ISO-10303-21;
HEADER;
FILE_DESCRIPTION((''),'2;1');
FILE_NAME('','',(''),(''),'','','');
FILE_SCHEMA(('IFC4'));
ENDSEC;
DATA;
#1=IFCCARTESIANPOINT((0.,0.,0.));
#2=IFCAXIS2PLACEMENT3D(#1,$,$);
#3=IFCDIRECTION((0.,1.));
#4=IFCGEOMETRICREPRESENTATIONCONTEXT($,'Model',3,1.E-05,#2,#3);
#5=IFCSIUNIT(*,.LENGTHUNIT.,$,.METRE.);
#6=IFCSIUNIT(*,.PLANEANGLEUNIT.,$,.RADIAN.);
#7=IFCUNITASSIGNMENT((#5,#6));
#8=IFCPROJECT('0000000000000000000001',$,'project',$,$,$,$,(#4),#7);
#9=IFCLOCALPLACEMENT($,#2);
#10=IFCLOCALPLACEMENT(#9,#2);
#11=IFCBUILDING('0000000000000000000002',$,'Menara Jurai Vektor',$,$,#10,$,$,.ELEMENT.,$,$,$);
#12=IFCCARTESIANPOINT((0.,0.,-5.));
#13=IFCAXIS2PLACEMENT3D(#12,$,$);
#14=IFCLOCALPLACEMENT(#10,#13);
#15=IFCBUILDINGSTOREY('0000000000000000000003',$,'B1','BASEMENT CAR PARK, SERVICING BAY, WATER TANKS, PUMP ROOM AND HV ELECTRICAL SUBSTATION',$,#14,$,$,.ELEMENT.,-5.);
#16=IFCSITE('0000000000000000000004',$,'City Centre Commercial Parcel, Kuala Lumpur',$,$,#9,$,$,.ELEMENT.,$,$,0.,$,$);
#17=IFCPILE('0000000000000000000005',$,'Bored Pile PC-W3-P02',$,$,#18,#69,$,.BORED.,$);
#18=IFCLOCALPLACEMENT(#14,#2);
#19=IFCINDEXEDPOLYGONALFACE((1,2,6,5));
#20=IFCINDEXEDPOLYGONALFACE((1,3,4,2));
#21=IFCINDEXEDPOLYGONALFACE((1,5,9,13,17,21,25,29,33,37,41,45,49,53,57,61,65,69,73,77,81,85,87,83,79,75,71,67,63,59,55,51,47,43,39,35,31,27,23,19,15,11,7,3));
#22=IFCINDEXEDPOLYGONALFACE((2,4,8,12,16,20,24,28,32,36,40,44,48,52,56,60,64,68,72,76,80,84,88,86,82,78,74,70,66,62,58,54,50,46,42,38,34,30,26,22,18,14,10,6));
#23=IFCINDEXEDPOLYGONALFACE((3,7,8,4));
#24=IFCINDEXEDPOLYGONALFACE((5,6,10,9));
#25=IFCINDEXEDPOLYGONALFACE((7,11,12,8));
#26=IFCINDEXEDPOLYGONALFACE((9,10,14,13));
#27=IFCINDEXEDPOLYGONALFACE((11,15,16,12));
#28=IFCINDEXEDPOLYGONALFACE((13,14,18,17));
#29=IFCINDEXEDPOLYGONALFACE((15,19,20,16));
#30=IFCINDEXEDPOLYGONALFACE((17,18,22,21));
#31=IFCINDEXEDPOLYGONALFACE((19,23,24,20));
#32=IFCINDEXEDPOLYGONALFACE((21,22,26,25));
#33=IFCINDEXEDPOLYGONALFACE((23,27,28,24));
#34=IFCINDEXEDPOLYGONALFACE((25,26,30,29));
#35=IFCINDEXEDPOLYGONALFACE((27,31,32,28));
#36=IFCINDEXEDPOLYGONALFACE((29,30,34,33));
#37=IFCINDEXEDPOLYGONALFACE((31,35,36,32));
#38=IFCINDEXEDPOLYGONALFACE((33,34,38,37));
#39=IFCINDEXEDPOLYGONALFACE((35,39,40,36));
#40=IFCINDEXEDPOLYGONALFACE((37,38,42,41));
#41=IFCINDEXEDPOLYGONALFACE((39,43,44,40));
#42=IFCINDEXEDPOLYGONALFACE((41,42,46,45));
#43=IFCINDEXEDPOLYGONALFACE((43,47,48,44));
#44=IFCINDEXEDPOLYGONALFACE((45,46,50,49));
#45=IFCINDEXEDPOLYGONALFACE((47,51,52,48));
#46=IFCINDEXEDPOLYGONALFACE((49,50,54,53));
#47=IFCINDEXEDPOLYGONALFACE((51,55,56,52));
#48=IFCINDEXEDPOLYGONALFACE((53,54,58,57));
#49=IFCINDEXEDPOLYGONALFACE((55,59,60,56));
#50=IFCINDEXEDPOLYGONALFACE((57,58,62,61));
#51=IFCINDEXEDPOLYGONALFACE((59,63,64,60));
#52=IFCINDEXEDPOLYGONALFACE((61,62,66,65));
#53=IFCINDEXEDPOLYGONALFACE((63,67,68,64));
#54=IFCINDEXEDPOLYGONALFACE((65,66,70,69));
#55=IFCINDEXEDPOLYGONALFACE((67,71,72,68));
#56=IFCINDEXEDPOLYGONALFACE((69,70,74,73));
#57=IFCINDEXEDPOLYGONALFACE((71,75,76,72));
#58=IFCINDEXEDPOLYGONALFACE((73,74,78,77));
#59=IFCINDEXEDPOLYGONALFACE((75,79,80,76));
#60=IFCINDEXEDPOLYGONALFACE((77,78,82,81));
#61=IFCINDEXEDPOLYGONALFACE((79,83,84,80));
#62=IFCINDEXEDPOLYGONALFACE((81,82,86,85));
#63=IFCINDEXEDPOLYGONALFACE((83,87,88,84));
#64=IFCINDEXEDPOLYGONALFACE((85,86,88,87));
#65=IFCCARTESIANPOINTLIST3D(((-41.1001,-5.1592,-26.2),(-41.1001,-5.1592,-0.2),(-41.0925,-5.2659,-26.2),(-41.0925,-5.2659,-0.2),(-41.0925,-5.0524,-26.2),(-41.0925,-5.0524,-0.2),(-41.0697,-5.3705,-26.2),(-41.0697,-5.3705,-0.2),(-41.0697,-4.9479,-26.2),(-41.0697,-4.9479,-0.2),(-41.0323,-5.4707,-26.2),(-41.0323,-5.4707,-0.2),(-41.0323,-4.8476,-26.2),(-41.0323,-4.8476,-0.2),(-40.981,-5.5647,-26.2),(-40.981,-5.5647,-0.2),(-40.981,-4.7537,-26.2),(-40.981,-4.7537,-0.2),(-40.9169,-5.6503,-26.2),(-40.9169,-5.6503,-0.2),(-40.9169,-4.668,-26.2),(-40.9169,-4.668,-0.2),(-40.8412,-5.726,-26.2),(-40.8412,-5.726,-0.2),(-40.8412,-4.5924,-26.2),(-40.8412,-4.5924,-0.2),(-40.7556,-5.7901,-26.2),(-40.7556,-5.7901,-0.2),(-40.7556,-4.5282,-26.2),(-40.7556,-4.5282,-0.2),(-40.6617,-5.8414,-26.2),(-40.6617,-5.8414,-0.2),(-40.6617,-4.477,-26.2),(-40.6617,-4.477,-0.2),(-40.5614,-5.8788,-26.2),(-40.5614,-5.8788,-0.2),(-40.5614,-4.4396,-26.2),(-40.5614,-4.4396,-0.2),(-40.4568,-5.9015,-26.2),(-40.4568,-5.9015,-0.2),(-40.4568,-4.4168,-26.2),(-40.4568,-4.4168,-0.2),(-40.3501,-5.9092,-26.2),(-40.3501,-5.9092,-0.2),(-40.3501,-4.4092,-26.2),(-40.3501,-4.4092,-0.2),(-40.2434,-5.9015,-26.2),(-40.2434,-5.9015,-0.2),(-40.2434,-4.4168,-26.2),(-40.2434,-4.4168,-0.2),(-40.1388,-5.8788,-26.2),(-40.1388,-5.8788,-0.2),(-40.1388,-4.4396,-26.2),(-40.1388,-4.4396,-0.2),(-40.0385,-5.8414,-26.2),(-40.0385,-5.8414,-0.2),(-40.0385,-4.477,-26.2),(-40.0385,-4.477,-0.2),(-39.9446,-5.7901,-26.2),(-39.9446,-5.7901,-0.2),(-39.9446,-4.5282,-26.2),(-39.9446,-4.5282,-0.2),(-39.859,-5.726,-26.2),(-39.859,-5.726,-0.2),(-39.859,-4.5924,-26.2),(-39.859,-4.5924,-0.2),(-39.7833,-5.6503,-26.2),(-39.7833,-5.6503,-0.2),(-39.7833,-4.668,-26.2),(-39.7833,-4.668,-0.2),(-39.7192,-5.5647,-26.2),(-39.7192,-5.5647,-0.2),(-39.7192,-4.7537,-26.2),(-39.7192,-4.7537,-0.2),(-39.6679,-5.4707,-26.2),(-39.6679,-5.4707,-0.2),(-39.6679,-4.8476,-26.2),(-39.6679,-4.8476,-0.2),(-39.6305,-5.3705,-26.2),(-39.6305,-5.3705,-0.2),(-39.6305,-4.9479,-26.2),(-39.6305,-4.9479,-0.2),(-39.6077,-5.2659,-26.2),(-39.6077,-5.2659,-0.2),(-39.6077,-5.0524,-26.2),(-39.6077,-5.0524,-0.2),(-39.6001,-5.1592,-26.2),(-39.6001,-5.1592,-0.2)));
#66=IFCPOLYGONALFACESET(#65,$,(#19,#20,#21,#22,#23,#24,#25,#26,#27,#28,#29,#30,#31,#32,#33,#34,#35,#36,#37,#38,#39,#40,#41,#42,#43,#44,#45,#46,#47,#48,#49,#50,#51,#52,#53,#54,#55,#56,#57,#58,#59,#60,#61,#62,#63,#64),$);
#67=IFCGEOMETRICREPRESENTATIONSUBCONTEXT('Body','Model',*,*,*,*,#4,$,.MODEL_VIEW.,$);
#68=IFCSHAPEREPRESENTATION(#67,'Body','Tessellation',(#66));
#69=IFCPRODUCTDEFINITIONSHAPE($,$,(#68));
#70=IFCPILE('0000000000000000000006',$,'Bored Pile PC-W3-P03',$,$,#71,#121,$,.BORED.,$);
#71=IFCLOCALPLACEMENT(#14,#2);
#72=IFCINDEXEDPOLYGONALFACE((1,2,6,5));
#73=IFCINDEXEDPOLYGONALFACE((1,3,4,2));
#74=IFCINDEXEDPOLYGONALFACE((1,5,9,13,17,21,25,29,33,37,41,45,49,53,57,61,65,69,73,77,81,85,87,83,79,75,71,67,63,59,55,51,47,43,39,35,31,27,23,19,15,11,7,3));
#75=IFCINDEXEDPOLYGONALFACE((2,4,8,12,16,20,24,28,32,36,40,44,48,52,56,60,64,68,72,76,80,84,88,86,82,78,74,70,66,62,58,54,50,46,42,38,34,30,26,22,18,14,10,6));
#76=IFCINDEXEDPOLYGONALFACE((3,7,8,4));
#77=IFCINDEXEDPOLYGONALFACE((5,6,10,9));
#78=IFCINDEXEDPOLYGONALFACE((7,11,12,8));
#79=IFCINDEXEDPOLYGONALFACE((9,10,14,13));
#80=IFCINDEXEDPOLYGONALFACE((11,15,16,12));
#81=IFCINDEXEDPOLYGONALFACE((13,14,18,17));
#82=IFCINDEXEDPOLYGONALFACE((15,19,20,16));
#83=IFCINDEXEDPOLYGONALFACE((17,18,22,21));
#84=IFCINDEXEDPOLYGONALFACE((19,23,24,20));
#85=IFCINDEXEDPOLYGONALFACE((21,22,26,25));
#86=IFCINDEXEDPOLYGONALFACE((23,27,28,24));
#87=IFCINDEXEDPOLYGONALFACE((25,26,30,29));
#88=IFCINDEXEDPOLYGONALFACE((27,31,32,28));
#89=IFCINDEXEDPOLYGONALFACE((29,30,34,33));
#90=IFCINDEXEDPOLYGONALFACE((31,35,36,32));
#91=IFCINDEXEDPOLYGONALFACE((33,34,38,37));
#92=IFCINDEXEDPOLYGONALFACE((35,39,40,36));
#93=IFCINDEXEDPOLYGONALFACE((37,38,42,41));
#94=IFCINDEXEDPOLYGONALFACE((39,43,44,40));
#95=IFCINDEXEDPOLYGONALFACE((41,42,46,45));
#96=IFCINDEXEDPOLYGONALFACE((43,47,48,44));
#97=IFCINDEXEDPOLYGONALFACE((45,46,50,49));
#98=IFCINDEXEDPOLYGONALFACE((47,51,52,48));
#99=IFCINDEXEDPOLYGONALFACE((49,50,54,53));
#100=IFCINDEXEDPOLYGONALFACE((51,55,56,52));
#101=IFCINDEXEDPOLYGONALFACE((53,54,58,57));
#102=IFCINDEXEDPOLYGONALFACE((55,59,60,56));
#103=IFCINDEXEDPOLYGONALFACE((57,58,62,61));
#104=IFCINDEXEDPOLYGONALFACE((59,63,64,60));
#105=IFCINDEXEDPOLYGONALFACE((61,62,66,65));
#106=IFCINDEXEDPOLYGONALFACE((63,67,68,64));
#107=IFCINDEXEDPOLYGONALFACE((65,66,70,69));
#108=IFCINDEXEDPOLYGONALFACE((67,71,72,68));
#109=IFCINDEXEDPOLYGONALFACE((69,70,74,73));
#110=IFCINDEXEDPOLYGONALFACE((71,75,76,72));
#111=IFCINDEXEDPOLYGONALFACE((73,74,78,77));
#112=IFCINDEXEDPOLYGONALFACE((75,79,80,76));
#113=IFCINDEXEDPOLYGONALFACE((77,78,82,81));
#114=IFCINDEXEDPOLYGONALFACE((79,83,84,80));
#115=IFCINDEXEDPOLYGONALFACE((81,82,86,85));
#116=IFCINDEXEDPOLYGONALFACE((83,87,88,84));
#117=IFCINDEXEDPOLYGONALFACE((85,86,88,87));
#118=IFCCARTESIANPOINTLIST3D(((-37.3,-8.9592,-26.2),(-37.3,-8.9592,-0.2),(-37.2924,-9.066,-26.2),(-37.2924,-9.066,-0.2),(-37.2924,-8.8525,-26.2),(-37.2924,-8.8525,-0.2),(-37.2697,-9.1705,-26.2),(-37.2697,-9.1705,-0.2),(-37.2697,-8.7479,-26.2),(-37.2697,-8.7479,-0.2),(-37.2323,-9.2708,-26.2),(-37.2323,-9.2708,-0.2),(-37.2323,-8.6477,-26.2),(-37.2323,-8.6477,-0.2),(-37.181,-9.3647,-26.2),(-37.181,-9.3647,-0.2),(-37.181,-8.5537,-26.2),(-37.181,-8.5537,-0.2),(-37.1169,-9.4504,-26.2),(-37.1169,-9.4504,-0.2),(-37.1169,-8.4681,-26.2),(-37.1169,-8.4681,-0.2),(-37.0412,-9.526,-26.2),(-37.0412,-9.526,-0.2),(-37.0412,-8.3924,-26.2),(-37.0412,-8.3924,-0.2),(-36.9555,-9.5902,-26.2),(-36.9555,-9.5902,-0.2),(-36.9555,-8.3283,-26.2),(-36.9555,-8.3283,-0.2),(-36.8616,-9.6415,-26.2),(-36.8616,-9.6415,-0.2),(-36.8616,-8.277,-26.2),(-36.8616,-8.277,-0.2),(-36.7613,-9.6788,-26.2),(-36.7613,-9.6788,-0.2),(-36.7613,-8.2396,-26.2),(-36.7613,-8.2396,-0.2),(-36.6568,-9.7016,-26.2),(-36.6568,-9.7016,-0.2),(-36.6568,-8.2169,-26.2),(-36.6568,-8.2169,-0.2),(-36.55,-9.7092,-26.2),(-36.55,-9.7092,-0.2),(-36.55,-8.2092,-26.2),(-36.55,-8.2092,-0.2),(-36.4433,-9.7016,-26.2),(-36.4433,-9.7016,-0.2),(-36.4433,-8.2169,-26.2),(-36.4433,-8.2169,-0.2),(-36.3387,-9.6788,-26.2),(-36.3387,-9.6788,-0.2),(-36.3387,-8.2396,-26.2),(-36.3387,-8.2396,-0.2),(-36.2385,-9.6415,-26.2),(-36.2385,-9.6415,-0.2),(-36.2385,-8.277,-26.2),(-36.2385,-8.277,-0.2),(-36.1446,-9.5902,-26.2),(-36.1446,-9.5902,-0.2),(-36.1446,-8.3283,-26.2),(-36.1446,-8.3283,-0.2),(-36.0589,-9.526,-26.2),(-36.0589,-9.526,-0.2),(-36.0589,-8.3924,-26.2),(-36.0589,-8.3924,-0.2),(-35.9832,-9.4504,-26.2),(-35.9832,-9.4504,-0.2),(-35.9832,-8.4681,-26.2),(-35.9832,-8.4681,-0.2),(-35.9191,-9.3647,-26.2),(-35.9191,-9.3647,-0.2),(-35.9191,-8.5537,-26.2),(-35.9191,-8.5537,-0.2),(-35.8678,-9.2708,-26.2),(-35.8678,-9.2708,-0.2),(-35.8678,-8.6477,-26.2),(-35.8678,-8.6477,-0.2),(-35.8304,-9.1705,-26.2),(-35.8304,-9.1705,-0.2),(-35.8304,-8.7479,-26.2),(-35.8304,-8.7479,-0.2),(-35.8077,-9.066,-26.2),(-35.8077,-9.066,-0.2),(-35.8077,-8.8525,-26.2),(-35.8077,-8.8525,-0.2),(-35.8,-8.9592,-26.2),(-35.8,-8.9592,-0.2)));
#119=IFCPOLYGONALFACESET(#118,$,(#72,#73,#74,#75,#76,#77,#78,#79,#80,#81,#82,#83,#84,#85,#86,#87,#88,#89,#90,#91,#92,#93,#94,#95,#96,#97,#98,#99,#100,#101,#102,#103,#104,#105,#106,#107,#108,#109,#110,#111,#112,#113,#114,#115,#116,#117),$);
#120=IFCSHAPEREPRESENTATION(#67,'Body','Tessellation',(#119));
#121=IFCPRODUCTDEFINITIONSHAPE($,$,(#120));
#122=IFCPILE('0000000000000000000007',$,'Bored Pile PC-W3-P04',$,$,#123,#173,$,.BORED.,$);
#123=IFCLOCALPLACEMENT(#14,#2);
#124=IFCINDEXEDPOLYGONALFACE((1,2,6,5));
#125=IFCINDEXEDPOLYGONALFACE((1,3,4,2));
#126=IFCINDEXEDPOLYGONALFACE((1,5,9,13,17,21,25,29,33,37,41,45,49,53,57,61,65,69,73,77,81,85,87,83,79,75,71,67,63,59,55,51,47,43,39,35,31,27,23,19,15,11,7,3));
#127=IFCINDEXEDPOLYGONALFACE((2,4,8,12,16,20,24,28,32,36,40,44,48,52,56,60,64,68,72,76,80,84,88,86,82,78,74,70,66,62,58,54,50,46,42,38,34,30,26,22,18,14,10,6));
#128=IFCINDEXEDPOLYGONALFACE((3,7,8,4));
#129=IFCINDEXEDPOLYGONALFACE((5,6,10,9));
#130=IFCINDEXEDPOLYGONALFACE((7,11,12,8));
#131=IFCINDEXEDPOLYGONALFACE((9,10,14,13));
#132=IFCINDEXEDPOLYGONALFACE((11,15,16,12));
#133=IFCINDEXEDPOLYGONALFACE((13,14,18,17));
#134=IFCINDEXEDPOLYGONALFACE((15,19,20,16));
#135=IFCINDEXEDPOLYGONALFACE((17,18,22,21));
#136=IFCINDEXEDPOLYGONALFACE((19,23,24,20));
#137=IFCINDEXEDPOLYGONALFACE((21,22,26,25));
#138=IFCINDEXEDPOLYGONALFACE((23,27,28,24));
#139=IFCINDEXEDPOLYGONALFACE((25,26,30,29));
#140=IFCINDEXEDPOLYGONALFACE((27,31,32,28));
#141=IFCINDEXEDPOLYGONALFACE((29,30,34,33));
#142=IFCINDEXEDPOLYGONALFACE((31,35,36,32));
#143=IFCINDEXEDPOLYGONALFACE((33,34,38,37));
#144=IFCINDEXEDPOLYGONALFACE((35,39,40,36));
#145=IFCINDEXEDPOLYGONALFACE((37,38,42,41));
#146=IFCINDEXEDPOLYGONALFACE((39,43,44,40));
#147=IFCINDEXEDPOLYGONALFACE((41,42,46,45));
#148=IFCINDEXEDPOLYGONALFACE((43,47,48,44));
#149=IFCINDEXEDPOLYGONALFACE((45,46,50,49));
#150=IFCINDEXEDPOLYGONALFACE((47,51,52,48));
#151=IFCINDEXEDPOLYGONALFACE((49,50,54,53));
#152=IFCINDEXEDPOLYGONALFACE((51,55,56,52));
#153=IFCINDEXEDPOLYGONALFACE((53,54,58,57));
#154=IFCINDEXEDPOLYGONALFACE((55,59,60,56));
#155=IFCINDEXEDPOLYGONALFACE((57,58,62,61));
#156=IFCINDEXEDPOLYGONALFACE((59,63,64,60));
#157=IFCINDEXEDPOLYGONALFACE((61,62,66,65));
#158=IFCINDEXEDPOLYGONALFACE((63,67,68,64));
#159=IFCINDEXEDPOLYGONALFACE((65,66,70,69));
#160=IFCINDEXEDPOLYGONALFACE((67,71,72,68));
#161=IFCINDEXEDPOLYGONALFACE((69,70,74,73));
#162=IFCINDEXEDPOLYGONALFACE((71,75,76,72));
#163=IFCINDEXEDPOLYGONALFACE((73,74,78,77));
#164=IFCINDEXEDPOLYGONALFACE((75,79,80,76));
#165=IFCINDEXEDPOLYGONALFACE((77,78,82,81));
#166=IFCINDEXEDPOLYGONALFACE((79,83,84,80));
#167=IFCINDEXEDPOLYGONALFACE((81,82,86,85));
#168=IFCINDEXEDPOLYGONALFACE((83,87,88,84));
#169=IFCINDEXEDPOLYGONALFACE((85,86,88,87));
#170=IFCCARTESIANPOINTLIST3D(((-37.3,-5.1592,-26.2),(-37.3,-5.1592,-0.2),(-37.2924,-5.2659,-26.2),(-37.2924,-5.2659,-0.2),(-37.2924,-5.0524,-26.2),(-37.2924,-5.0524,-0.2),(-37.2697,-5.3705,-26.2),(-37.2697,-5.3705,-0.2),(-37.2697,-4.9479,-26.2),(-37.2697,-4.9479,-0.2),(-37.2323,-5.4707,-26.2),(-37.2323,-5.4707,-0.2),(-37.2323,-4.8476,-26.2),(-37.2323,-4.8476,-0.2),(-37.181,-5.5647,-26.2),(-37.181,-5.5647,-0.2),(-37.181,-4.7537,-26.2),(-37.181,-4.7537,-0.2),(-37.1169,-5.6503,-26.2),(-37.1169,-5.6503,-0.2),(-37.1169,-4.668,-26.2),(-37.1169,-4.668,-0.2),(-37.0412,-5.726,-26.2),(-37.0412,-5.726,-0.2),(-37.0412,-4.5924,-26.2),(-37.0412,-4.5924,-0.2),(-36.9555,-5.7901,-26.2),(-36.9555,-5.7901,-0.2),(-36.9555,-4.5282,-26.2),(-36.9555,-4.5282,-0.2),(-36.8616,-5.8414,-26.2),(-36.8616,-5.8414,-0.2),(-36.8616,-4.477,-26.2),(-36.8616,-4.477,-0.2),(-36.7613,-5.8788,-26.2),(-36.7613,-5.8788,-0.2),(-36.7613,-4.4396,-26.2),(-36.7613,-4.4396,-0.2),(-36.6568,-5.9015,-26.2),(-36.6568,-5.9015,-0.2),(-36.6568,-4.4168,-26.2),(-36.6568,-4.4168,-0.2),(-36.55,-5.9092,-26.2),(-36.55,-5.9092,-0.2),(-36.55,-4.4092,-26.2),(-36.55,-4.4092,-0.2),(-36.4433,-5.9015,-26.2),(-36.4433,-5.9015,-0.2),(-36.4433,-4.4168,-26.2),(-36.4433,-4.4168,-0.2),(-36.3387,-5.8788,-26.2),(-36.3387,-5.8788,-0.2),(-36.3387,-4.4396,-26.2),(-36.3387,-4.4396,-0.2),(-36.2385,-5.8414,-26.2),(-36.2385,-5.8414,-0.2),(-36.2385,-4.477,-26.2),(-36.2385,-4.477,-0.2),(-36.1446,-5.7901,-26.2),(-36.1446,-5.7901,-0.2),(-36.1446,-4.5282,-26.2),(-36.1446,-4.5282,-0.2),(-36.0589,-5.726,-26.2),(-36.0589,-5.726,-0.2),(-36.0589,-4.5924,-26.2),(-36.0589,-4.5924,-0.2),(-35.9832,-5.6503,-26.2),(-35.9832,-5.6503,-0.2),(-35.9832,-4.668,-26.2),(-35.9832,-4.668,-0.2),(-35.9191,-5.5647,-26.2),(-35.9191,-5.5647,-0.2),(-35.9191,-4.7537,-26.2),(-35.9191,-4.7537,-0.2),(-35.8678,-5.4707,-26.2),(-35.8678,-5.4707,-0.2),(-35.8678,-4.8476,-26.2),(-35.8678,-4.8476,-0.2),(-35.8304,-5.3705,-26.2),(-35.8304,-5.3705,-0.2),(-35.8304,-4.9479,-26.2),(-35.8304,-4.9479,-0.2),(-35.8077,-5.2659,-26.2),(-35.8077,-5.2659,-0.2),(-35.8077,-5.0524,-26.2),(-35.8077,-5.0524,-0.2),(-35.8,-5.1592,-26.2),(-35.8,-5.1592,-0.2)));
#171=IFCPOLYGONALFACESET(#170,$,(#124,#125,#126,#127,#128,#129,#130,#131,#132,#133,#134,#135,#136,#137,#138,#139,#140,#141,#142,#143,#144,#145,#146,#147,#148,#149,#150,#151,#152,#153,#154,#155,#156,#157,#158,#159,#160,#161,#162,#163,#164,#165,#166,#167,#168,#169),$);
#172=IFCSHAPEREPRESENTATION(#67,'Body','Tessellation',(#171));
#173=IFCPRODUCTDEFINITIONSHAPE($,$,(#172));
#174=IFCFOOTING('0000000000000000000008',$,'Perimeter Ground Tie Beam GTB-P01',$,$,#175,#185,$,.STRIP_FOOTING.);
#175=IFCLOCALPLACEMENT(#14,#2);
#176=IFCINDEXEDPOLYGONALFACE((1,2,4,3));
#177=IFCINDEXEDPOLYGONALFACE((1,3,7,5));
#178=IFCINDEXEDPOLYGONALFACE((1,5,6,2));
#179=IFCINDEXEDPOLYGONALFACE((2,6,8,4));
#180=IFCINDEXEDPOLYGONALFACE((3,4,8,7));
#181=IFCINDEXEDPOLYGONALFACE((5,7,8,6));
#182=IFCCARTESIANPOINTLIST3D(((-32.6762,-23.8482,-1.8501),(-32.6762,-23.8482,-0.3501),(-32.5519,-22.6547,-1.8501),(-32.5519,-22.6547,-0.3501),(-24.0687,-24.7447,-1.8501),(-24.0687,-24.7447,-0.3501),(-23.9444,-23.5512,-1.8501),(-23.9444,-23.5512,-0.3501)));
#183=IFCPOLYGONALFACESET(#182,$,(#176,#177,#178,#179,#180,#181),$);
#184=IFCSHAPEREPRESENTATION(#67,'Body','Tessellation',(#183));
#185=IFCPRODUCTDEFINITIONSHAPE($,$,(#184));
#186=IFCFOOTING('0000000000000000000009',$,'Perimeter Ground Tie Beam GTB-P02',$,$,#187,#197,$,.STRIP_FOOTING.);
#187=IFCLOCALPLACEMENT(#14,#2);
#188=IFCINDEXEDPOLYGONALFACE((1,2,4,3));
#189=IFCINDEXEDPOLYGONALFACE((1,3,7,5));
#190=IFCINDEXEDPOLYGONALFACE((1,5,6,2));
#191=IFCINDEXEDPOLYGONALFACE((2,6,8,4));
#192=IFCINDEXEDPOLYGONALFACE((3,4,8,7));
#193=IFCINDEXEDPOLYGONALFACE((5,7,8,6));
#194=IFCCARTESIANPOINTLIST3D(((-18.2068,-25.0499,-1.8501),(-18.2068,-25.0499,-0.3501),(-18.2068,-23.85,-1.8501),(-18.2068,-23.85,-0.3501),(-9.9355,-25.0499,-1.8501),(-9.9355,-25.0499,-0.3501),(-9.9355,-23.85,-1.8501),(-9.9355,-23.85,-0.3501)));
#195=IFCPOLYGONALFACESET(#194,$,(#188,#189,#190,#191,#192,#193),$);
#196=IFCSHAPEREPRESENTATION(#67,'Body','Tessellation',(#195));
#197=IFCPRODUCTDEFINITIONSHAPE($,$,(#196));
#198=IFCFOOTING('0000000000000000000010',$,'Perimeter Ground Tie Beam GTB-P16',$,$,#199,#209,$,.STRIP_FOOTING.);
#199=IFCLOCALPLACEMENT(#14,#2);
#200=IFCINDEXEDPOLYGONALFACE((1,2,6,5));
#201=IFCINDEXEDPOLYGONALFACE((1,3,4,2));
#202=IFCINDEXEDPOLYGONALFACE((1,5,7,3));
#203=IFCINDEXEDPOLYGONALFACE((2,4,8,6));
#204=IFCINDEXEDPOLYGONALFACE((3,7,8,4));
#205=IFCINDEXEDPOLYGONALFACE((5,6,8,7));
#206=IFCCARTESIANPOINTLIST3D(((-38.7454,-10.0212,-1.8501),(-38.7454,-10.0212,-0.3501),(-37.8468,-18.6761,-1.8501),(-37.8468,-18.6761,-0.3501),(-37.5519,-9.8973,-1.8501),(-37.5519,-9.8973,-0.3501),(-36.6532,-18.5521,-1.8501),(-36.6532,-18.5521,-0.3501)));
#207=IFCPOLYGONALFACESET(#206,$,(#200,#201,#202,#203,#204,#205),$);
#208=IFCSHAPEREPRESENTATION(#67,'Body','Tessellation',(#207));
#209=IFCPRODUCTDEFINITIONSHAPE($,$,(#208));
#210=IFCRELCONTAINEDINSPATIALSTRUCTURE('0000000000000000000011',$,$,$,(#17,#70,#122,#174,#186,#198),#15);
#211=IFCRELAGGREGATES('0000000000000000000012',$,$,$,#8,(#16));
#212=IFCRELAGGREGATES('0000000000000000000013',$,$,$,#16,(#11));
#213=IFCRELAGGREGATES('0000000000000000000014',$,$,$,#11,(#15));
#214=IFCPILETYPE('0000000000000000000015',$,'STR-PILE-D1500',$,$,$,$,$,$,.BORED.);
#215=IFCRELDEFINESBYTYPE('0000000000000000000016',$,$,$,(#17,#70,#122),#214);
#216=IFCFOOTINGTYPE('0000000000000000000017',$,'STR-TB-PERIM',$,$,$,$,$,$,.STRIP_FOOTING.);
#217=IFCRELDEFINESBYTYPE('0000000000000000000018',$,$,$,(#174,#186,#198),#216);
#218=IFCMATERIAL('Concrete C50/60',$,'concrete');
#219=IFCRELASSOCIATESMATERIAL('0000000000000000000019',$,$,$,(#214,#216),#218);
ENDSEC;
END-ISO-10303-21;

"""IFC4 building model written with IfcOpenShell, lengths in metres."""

from ifc_helpers import new_model, si_unit, direction, frame, origin, origin_2d, place, context, subcontext, project, spatial, rectangle, circle, extrude, material, material_profile, profile_set, type_object, element, save


model = new_model("IFC4")

# Units and contexts
model_context = context("Model", 3, precision=1e-05, world=origin(), true_north=direction((0.0, 1.0)))
body_context = subcontext(model_context, "Body", "Model", "MODEL_VIEW")
ifc_project = project(units=[si_unit("LENGTHUNIT", "METRE"), si_unit("PLANEANGLEUNIT", "RADIAN")], contexts=[model_context])

# Site, building, storey
site_placement = place(None, origin())
site = spatial("IfcSite", under=ifc_project, at=site_placement, Name="City Centre Commercial Parcel, Kuala Lumpur", CompositionType="ELEMENT", RefElevation=0.0)
building_placement = place(site_placement, origin())
building = spatial("IfcBuilding", under=site, at=building_placement, Name="Menara Jurai Vektor", CompositionType="ELEMENT")
storey_placement = place(building_placement, frame((0.0, 0.0, -5.0)))
storey = spatial("IfcBuildingStorey", under=building, at=storey_placement, Name="B1", Description="BASEMENT CAR PARK, SERVICING BAY, WATER TANKS, PUMP ROOM AND HV ELECTRICAL SUBSTATION", CompositionType="ELEMENT", Elevation=-5.0)

# Shared definitions
ifc_material_1 = material(Name="Concrete C50/60", Category="concrete")

# Piles
ifc_material_profile_1 = material_profile(ifc_material_1, circle(Radius=0.75, at=origin_2d()), Name="PILE D1500")
ifc_profile_set_1 = profile_set([ifc_material_profile_1], Name="Concrete C50/60")
pile_type = type_object("IfcPileType", Name="STR-PILE-D1500", PredefinedType="BORED", material=ifc_profile_set_1)
for number, where, z_axis, x_axis, name in (
    (1, (-40.3501, -5.1592, -0.2), (0.0, 0.0, -1.0), (1.0, 0.0, 0.0), "Bored Pile PC-W3-P02"),
    (2, (-36.55, -8.9592, -0.2), (0.0, 0.0, -1.0), (1.0, 0.0, 0.0), "Bored Pile PC-W3-P03"),
    (3, (-36.55, -5.1592, -0.2), (0.0, 0.0, -1.0), (1.0, 0.0, 0.0), "Bored Pile PC-W3-P04"),
):
    element("IfcPile", number, at=place(storey_placement, frame(where, z_axis=z_axis, x_axis=x_axis)), inside=storey, type_object=pile_type, Name=name, PredefinedType="BORED", context=body_context, shape_type="SweptSolid", body=[
        extrude(circle(Radius=0.75, at=origin_2d()), origin(), (0.0, 0.0, 1.0), 26.0),
    ])

# Footings
ifc_material_profile_2 = material_profile(ifc_material_1, rectangle(XDim=1.2, YDim=1.5, at=origin_2d()), Name="RC 1200x1500")
ifc_profile_set_2 = profile_set([ifc_material_profile_2], Name="Concrete C50/60")
footing_type_1 = type_object("IfcFootingType", Name="STR-TB-PERIM", PredefinedType="STRIP_FOOTING", material=ifc_profile_set_2)
footing_1_placement = place(storey_placement, frame((-32.614, -23.2515, -1.1001), z_axis=(0.99462, -0.103592, 0.0), x_axis=(0.103592, 0.99462, 0.0)))
element("IfcFooting", 4, at=footing_1_placement, inside=storey, type_object=footing_type_1, Name="Perimeter Ground Tie Beam GTB-P01", PredefinedType="STRIP_FOOTING", context=body_context, shape_type="SweptSolid", body=[
    extrude(rectangle(XDim=1.2, YDim=1.5, at=origin_2d()), origin(), (0.0, 0.0, 1.0), 8.6541),
])
footing_2_placement = place(storey_placement, frame((-18.2068, -24.45, -1.1001), z_axis=(1.0, 0.0, 0.0), x_axis=(0.0, 1.0, 0.0)))
element("IfcFooting", 5, at=footing_2_placement, inside=storey, type_object=footing_type_1, Name="Perimeter Ground Tie Beam GTB-P02", PredefinedType="STRIP_FOOTING", context=body_context, shape_type="SweptSolid", body=[
    extrude(rectangle(XDim=1.2, YDim=1.5, at=origin_2d()), origin(), (0.0, 0.0, 1.0), 8.2712),
])
footing_3_placement = place(storey_placement, frame((-38.1487, -9.9592, -1.1001), z_axis=(0.103281, -0.994652, 0.0), x_axis=(0.994652, 0.103281, 0.0)))
element("IfcFooting", 6, at=footing_3_placement, inside=storey, type_object=footing_type_1, Name="Perimeter Ground Tie Beam GTB-P16", PredefinedType="STRIP_FOOTING", context=body_context, shape_type="SweptSolid", body=[
    extrude(rectangle(XDim=1.2, YDim=1.5, at=origin_2d()), origin(), (0.0, 0.0, 1.0), 8.7014),
])

save(model, "model.ifc")
